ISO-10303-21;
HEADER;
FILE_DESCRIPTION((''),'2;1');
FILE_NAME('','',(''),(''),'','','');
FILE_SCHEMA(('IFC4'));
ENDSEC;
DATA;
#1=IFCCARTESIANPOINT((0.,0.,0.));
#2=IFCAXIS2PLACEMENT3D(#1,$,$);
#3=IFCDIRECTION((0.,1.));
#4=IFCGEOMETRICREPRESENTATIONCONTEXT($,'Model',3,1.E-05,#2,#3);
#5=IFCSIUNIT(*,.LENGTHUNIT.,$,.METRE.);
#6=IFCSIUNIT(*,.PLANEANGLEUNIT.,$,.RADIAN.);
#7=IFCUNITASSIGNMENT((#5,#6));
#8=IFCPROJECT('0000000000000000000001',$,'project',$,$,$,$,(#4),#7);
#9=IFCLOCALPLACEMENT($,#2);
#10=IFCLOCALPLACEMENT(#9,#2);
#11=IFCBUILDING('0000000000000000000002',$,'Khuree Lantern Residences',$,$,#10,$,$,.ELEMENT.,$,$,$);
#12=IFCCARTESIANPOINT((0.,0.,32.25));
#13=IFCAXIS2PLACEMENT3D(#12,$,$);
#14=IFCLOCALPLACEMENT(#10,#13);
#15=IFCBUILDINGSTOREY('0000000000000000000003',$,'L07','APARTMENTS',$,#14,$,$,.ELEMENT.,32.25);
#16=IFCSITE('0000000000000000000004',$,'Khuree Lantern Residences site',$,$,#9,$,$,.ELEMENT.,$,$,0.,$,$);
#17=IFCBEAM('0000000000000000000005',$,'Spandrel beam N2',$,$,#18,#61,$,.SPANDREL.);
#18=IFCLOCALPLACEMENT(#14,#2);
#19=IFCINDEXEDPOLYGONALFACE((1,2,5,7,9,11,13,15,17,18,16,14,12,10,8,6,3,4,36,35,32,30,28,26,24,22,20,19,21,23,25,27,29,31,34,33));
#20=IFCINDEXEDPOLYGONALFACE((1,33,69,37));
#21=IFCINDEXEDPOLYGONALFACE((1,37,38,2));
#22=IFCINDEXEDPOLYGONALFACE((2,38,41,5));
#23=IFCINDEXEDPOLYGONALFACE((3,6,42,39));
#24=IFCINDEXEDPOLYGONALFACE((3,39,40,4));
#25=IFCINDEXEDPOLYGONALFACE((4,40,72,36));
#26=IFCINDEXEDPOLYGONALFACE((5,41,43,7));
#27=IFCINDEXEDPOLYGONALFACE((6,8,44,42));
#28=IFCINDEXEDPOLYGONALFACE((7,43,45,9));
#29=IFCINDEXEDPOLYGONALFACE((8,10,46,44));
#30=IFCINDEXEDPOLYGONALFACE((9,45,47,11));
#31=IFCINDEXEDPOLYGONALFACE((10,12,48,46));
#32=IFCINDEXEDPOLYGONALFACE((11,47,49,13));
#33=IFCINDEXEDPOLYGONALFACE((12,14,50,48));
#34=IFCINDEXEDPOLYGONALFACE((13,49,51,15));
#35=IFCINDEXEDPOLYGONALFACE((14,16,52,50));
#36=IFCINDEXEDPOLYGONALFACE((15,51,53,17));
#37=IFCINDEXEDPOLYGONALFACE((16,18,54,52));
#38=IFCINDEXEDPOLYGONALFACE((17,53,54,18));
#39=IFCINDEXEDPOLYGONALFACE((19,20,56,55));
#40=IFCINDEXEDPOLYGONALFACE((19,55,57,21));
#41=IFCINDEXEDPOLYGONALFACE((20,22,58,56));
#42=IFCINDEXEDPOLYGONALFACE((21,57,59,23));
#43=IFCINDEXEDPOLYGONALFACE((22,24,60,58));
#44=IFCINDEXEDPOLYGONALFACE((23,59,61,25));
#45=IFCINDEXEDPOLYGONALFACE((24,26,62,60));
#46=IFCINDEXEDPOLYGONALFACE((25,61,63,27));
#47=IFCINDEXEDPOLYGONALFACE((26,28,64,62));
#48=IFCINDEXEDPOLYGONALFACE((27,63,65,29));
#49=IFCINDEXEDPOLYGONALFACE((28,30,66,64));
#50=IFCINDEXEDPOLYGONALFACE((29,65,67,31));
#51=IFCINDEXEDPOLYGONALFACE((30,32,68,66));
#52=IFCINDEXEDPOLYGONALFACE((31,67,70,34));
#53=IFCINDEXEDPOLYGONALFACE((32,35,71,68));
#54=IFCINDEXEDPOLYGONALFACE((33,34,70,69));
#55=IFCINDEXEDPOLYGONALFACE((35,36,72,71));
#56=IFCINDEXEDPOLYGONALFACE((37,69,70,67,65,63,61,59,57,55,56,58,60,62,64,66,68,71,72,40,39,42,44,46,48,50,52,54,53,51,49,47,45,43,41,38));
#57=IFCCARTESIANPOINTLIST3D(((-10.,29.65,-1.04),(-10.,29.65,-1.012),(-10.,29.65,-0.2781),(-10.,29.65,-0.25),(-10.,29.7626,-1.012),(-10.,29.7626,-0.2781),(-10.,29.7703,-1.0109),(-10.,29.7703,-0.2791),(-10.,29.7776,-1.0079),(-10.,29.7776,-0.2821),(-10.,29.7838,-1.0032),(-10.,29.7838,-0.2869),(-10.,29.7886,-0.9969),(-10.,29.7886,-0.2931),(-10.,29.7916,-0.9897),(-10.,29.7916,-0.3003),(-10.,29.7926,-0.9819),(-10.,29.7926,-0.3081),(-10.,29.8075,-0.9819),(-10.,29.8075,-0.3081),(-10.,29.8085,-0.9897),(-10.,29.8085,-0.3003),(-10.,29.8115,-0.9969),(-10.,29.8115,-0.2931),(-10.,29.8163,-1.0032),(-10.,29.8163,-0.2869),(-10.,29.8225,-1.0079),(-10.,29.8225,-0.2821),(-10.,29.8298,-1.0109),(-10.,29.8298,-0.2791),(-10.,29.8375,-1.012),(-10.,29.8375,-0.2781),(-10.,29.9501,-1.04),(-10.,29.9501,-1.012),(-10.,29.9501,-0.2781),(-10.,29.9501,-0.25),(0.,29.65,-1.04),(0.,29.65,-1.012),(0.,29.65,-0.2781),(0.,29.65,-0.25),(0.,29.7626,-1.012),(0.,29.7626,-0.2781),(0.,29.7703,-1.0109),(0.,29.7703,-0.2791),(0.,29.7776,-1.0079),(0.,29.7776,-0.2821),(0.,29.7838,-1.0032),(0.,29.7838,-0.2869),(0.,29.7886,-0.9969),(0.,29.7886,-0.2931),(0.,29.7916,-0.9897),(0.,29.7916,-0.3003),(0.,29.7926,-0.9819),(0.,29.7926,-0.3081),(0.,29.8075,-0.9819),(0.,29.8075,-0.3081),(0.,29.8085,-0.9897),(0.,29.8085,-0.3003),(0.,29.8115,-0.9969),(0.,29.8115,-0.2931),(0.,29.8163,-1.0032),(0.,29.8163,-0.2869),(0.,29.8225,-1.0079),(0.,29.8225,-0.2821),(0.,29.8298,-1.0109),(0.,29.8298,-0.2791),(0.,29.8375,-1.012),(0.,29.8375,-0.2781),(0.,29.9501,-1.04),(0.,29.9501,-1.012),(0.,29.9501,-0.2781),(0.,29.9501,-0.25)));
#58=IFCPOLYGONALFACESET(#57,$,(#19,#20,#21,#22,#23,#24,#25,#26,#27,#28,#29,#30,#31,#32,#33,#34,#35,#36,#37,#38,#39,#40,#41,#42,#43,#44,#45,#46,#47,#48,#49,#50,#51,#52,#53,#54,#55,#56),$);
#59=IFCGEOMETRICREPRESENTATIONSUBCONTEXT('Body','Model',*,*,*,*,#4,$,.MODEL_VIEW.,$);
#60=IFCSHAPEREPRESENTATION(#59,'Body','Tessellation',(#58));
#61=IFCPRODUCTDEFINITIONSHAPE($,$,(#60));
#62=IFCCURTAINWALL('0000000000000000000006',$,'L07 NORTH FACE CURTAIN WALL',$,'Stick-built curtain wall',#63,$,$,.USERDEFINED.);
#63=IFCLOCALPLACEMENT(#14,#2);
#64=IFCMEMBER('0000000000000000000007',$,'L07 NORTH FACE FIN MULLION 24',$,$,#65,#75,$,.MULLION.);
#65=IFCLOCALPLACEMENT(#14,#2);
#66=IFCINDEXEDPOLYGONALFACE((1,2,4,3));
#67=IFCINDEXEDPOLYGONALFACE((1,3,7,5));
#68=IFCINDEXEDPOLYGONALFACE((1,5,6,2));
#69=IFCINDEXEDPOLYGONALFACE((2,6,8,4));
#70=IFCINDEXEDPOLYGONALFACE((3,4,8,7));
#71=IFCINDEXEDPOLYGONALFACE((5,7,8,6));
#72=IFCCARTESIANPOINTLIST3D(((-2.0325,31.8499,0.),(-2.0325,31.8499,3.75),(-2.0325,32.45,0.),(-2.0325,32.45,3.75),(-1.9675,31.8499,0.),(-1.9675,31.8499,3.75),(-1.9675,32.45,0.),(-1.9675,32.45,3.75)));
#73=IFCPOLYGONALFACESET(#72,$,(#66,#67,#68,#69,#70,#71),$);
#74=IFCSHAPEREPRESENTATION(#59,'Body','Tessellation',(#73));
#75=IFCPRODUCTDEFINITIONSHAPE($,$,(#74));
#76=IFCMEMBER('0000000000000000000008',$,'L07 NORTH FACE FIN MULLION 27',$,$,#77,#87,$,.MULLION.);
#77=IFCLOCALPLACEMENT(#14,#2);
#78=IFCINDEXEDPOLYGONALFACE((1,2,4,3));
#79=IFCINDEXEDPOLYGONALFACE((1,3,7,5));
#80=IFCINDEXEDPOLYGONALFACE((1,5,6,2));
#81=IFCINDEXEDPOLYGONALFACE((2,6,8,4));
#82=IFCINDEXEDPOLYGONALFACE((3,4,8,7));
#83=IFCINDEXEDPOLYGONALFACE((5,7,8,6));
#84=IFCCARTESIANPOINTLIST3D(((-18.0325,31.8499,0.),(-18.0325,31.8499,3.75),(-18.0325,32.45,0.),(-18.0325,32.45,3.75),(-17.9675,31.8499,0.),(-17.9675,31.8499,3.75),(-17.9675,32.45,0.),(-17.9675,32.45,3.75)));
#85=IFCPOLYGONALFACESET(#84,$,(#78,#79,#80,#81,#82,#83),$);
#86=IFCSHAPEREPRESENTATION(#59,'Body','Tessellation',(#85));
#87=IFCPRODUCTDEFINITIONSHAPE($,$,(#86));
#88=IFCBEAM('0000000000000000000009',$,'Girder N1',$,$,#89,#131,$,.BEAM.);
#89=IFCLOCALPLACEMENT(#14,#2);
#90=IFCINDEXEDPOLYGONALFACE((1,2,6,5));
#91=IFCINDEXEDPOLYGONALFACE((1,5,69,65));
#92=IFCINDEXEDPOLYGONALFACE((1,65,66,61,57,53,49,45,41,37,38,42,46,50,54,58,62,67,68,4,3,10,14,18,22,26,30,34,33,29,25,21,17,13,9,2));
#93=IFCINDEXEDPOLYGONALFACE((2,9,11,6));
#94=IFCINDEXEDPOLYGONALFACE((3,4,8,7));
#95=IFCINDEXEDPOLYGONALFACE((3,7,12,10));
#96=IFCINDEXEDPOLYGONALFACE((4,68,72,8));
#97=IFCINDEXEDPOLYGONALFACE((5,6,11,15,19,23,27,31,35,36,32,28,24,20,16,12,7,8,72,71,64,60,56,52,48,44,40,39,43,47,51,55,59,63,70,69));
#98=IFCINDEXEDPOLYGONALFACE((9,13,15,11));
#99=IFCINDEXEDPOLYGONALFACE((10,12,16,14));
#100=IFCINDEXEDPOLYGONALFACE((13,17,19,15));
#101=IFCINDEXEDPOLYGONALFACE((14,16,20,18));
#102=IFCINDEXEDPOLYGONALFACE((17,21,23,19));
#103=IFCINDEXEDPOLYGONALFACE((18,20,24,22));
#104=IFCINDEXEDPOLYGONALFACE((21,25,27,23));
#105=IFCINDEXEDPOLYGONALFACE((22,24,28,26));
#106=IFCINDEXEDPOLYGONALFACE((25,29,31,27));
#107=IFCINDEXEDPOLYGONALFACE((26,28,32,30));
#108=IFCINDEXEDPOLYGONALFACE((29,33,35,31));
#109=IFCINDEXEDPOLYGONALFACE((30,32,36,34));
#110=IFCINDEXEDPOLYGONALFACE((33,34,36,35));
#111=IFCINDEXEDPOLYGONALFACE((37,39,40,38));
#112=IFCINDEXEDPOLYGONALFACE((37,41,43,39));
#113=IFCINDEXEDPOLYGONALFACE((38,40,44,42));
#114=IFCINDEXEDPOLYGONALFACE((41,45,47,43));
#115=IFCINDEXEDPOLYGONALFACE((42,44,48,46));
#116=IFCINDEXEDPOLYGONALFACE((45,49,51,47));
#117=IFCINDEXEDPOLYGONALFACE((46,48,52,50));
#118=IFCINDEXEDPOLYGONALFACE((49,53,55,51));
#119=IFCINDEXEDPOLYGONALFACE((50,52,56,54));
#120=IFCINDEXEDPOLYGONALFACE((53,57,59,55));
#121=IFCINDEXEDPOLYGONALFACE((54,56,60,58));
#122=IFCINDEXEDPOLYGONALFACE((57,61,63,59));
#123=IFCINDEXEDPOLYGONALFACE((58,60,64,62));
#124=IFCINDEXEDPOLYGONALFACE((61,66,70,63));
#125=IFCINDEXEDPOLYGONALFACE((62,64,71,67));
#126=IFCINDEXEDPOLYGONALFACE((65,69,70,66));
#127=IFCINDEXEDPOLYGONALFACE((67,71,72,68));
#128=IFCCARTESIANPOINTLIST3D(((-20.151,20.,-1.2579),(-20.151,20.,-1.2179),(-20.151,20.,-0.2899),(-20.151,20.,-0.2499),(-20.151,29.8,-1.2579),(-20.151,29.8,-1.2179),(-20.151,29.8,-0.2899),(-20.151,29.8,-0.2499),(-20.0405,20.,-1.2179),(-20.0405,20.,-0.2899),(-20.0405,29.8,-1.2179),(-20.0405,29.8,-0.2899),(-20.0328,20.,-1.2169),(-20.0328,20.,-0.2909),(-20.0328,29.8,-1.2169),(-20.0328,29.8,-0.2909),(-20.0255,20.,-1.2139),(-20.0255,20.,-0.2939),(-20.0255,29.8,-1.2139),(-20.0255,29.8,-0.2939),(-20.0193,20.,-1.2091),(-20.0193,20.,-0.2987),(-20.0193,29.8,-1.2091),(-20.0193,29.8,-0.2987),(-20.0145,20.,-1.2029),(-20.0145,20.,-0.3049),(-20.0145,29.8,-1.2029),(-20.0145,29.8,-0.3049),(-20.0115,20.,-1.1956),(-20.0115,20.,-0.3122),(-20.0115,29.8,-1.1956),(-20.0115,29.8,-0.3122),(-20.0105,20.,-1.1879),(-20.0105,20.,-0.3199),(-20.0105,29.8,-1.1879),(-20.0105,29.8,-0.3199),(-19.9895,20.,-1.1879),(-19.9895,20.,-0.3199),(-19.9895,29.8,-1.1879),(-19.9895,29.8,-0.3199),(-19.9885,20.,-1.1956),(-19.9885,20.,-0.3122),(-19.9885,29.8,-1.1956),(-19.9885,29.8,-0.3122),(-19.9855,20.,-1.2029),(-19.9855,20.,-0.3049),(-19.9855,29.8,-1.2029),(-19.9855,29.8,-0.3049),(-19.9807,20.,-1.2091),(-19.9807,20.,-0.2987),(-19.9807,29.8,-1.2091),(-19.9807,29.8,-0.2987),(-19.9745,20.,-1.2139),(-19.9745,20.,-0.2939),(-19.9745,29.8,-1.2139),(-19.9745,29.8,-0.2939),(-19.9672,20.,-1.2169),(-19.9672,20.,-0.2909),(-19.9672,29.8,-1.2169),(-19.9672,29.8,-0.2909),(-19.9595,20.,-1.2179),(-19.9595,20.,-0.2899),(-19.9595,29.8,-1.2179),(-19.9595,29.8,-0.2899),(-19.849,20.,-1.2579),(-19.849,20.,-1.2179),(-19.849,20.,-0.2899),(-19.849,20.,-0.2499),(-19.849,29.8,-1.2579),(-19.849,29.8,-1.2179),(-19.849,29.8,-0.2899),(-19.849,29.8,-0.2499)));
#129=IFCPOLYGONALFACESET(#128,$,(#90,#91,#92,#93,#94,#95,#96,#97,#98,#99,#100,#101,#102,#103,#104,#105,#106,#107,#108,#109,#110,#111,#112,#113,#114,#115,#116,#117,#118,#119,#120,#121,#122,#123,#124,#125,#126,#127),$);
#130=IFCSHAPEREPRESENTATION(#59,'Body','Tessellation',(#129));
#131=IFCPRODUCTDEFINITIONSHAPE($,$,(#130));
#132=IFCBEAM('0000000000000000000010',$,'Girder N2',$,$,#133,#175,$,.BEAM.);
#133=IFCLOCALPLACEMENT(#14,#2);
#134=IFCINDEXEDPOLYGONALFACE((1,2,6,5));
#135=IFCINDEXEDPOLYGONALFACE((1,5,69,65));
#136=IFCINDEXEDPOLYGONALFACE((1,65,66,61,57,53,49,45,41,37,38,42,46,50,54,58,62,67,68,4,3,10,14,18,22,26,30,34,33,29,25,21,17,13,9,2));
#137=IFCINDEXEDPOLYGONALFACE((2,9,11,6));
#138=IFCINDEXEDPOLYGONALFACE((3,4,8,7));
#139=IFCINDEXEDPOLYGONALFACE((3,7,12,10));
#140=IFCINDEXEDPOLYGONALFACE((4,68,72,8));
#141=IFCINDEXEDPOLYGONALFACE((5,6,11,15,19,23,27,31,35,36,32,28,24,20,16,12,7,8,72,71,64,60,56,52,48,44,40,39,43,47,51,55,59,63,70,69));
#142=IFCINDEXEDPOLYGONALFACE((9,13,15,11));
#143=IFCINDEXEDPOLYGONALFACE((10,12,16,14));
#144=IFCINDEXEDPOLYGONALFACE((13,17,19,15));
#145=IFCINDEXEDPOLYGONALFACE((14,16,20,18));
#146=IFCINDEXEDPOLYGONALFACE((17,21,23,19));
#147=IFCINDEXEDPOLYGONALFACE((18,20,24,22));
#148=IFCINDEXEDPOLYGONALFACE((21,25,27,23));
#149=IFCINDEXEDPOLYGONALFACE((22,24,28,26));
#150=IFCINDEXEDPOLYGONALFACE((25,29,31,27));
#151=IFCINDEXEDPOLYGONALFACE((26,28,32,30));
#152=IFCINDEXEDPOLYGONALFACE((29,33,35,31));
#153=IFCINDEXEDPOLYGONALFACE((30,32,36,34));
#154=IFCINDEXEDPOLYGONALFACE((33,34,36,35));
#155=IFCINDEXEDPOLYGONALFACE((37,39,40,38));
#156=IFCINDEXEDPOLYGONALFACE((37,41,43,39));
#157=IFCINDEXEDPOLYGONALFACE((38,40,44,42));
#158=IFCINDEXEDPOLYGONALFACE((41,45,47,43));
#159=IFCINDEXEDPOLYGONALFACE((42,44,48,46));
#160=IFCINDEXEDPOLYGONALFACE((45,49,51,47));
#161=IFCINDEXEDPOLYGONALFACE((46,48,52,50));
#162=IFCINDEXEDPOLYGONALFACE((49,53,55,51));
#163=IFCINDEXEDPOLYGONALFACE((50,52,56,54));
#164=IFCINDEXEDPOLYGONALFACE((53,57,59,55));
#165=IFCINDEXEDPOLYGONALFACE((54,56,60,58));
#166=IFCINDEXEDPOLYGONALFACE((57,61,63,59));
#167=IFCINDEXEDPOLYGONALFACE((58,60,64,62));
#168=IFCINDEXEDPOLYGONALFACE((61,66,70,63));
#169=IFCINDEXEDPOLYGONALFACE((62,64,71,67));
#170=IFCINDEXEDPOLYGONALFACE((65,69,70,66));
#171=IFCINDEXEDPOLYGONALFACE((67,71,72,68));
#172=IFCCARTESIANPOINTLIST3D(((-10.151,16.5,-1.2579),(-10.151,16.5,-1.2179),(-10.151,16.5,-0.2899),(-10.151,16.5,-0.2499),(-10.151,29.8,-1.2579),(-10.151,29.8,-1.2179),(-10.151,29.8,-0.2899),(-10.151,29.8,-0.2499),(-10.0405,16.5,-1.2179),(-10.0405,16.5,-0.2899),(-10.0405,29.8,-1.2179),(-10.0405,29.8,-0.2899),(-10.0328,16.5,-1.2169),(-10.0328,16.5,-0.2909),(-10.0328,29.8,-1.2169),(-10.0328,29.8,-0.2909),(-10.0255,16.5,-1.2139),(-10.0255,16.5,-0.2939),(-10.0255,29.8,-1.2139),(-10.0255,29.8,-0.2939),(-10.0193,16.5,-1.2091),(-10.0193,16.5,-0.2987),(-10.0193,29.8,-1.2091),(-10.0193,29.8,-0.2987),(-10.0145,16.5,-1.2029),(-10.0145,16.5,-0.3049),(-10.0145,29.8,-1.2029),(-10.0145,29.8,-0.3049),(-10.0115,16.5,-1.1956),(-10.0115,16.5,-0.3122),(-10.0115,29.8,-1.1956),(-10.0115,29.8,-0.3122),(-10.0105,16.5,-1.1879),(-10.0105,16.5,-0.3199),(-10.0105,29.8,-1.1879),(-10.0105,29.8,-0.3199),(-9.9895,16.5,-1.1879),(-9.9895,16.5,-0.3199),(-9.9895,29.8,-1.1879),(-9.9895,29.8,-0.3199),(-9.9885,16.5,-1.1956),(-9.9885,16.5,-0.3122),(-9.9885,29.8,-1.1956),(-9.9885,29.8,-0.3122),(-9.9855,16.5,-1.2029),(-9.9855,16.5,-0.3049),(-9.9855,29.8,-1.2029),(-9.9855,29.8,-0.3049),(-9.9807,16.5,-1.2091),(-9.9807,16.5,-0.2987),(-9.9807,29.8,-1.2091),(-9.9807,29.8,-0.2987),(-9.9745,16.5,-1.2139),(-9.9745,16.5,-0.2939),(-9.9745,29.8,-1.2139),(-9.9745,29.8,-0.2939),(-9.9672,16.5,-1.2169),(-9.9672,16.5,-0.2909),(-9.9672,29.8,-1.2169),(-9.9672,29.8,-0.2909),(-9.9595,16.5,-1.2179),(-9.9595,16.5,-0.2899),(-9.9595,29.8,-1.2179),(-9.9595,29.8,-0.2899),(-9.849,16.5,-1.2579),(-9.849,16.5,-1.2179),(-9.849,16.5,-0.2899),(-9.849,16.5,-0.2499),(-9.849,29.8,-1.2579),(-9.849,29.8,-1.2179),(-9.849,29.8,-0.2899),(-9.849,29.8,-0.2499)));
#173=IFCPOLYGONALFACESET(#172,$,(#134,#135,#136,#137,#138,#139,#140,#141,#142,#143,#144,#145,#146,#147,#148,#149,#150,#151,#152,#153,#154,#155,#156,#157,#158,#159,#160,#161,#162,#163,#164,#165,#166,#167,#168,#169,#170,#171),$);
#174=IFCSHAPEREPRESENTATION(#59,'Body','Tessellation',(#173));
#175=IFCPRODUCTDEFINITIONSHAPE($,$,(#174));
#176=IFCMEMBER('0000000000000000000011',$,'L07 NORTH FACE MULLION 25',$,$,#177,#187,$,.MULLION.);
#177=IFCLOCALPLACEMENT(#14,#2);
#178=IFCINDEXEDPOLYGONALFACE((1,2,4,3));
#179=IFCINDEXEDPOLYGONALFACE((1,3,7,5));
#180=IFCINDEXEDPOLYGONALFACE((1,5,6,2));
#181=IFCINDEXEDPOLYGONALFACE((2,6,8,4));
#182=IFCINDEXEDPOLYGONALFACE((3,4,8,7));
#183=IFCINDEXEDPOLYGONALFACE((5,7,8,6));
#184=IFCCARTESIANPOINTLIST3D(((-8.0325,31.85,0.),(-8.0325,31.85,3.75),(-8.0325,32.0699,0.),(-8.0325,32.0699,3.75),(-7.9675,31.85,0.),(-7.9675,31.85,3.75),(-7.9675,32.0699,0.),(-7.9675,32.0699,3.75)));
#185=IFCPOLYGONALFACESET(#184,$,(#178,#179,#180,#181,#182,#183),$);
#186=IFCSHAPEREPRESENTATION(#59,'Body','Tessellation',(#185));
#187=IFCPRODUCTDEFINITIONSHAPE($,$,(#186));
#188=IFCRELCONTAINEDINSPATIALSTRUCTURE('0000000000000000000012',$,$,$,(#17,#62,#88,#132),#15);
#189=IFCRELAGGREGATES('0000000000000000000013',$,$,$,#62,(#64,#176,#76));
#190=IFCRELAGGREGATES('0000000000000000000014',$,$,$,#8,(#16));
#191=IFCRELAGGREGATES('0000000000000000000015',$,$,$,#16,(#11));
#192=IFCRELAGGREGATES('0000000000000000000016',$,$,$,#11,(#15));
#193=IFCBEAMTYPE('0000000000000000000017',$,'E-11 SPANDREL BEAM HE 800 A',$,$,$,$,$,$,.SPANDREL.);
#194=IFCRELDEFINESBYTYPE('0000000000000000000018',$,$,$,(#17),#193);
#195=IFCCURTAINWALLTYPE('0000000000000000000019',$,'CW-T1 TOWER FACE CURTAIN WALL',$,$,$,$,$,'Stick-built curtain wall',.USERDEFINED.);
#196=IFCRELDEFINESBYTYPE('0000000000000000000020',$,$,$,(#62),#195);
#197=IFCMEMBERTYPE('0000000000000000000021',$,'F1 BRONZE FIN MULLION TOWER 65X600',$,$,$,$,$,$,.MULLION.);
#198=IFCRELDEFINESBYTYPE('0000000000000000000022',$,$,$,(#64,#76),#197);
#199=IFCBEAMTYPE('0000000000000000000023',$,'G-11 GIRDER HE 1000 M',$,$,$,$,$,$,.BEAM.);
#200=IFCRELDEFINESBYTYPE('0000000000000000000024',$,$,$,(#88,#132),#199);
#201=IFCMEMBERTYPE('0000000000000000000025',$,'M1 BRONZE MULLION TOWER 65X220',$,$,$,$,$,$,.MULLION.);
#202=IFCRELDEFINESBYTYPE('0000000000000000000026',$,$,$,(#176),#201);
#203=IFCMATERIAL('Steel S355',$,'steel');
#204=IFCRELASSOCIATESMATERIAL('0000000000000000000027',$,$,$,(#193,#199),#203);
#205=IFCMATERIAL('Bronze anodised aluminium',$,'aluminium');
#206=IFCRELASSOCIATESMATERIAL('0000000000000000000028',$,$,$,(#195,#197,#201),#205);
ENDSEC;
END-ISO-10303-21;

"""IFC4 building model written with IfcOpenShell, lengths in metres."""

from ifc_helpers import new_model, si_unit, direction, frame, origin, origin_2d, place, context, subcontext, project, spatial, rectangle, i_section, extrude, material, material_profile, profile_set, type_object, element, aggregate, save


model = new_model("IFC4")

# Units and contexts
model_context = context("Model", 3, precision=1e-05, world=origin(), true_north=direction((0.0, 1.0)))
body_context = subcontext(model_context, "Body", "Model", "MODEL_VIEW")
ifc_project = project(units=[si_unit("LENGTHUNIT", "METRE"), si_unit("PLANEANGLEUNIT", "RADIAN")], contexts=[model_context])

# Site, building, storey
site_placement = place(None, origin())
site = spatial("IfcSite", under=ifc_project, at=site_placement, Name="Khuree Lantern Residences site", CompositionType="ELEMENT", RefElevation=0.0)
building_placement = place(site_placement, origin())
building = spatial("IfcBuilding", under=site, at=building_placement, Name="Khuree Lantern Residences", CompositionType="ELEMENT")
storey_placement = place(building_placement, frame((0.0, 0.0, 32.25)))
storey = spatial("IfcBuildingStorey", under=building, at=storey_placement, Name="L07", Description="APARTMENTS", CompositionType="ELEMENT", Elevation=32.25)

# Beam
ifc_material_1 = material(Name="Steel S355", Category="steel")
ifc_material_profile_1 = material_profile(ifc_material_1, i_section(OverallWidth=0.3, OverallDepth=0.79, WebThickness=0.0149, FlangeThickness=0.0281, FilletRadius=0.03, at=origin_2d()), Name="HE 800 A")
ifc_profile_set_1 = profile_set([ifc_material_profile_1], Name="Steel S355")
beam_type_1 = type_object("IfcBeamType", Name="E-11 SPANDREL BEAM HE 800 A", PredefinedType="SPANDREL", material=ifc_profile_set_1)
for number, where, z_axis, x_axis, name in (
    (1, (-10.0, 29.8, -0.645), (1.0, 0.0, 0.0), (0.0, 1.0, 0.0), "Spandrel beam N2"),
):
    element("IfcBeam", number, at=place(storey_placement, frame(where, z_axis=z_axis, x_axis=x_axis)), inside=storey, type_object=beam_type_1, Name=name, PredefinedType="SPANDREL", context=body_context, shape_type="SweptSolid", body=[
        extrude(i_section(OverallWidth=0.3, OverallDepth=0.79, WebThickness=0.0149, FlangeThickness=0.0281, FilletRadius=0.03, at=origin_2d()), origin(), (0.0, 0.0, 1.0), 10.0),
    ])

# Curtain wall, members
ifc_material_2 = material(Name="Bronze anodised aluminium", Category="aluminium")
curtain_wall_type = type_object("IfcCurtainWallType", Name="CW-T1 TOWER FACE CURTAIN WALL", ElementType="Stick-built curtain wall", PredefinedType="USERDEFINED", material=ifc_material_2)
curtain_wall_placement = place(storey_placement, origin())
curtain_wall = element("IfcCurtainWall", 2, at=curtain_wall_placement, inside=storey, type_object=curtain_wall_type, Name="L07 NORTH FACE CURTAIN WALL", ObjectType="Stick-built curtain wall", PredefinedType="USERDEFINED")
ifc_material_profile_2 = material_profile(ifc_material_2, rectangle(XDim=0.0649, YDim=0.6001, at=origin_2d()), Name="F1 65X600")
ifc_profile_set_2 = profile_set([ifc_material_profile_2], Name="Bronze anodised aluminium")
member_type_1 = type_object("IfcMemberType", Name="F1 BRONZE FIN MULLION TOWER 65X600", PredefinedType="MULLION", material=ifc_profile_set_2)
member_1_placement = place(storey_placement, frame((-2.0, 32.1499, 0.0), z_axis=(0.0, 0.0, 1.0), x_axis=(-1.0, 0.0, 0.0)))
member_1 = element("IfcMember", 3, at=member_1_placement, type_object=member_type_1, Name="L07 NORTH FACE FIN MULLION 24", PredefinedType="MULLION", context=body_context, shape_type="SweptSolid", body=[
    extrude(rectangle(XDim=0.0649, YDim=0.6001, at=origin_2d()), origin(), (0.0, 0.0, 1.0), 3.75),
])
member_2_placement = place(storey_placement, frame((-18.0, 32.1499, 0.0), z_axis=(0.0, 0.0, 1.0), x_axis=(-1.0, 0.0, 0.0)))
member_2 = element("IfcMember", 4, at=member_2_placement, type_object=member_type_1, Name="L07 NORTH FACE FIN MULLION 27", PredefinedType="MULLION", context=body_context, shape_type="SweptSolid", body=[
    extrude(rectangle(XDim=0.0649, YDim=0.6001, at=origin_2d()), origin(), (0.0, 0.0, 1.0), 3.75),
])

# Beams
ifc_material_profile_3 = material_profile(ifc_material_1, i_section(OverallWidth=0.302, OverallDepth=1.0081, WebThickness=0.021, FlangeThickness=0.04, FilletRadius=0.03, at=origin_2d()), Name="HE 1000 M")
ifc_profile_set_3 = profile_set([ifc_material_profile_3], Name="Steel S355")
beam_type_2 = type_object("IfcBeamType", Name="G-11 GIRDER HE 1000 M", PredefinedType="BEAM", material=ifc_profile_set_3)
beam_1_placement = place(storey_placement, frame((-20.0, 29.8, -0.7539), z_axis=(0.0, -1.0, 0.0), x_axis=(1.0, 0.0, 0.0)))
element("IfcBeam", 5, at=beam_1_placement, inside=storey, type_object=beam_type_2, Name="Girder N1", PredefinedType="BEAM", context=body_context, shape_type="SweptSolid", body=[
    extrude(i_section(OverallWidth=0.302, OverallDepth=1.0081, WebThickness=0.021, FlangeThickness=0.04, FilletRadius=0.03, at=origin_2d()), origin(), (0.0, 0.0, 1.0), 9.8),
])
beam_2_placement = place(storey_placement, frame((-10.0, 29.8, -0.7539), z_axis=(0.0, -1.0, 0.0), x_axis=(1.0, 0.0, 0.0)))
element("IfcBeam", 6, at=beam_2_placement, inside=storey, type_object=beam_type_2, Name="Girder N2", PredefinedType="BEAM", context=body_context, shape_type="SweptSolid", body=[
    extrude(i_section(OverallWidth=0.302, OverallDepth=1.0081, WebThickness=0.021, FlangeThickness=0.04, FilletRadius=0.03, at=origin_2d()), origin(), (0.0, 0.0, 1.0), 13.3),
])

# Member
ifc_material_profile_4 = material_profile(ifc_material_2, rectangle(XDim=0.0649, YDim=0.22, at=origin_2d()), Name="M1 65X220")
ifc_profile_set_4 = profile_set([ifc_material_profile_4], Name="Bronze anodised aluminium")
member_type_2 = type_object("IfcMemberType", Name="M1 BRONZE MULLION TOWER 65X220", PredefinedType="MULLION", material=ifc_profile_set_4)
member_3_placement = place(storey_placement, frame((-8.0, 31.96, 0.0), z_axis=(0.0, 0.0, 1.0), x_axis=(-1.0, 0.0, 0.0)))
member_3 = element("IfcMember", 7, at=member_3_placement, type_object=member_type_2, Name="L07 NORTH FACE MULLION 25", PredefinedType="MULLION", context=body_context, shape_type="SweptSolid", body=[
    extrude(rectangle(XDim=0.0649, YDim=0.22, at=origin_2d()), origin(), (0.0, 0.0, 1.0), 3.75),
])

aggregate(curtain_wall, [member_1, member_3, member_2])

save(model, "model.ifc")
